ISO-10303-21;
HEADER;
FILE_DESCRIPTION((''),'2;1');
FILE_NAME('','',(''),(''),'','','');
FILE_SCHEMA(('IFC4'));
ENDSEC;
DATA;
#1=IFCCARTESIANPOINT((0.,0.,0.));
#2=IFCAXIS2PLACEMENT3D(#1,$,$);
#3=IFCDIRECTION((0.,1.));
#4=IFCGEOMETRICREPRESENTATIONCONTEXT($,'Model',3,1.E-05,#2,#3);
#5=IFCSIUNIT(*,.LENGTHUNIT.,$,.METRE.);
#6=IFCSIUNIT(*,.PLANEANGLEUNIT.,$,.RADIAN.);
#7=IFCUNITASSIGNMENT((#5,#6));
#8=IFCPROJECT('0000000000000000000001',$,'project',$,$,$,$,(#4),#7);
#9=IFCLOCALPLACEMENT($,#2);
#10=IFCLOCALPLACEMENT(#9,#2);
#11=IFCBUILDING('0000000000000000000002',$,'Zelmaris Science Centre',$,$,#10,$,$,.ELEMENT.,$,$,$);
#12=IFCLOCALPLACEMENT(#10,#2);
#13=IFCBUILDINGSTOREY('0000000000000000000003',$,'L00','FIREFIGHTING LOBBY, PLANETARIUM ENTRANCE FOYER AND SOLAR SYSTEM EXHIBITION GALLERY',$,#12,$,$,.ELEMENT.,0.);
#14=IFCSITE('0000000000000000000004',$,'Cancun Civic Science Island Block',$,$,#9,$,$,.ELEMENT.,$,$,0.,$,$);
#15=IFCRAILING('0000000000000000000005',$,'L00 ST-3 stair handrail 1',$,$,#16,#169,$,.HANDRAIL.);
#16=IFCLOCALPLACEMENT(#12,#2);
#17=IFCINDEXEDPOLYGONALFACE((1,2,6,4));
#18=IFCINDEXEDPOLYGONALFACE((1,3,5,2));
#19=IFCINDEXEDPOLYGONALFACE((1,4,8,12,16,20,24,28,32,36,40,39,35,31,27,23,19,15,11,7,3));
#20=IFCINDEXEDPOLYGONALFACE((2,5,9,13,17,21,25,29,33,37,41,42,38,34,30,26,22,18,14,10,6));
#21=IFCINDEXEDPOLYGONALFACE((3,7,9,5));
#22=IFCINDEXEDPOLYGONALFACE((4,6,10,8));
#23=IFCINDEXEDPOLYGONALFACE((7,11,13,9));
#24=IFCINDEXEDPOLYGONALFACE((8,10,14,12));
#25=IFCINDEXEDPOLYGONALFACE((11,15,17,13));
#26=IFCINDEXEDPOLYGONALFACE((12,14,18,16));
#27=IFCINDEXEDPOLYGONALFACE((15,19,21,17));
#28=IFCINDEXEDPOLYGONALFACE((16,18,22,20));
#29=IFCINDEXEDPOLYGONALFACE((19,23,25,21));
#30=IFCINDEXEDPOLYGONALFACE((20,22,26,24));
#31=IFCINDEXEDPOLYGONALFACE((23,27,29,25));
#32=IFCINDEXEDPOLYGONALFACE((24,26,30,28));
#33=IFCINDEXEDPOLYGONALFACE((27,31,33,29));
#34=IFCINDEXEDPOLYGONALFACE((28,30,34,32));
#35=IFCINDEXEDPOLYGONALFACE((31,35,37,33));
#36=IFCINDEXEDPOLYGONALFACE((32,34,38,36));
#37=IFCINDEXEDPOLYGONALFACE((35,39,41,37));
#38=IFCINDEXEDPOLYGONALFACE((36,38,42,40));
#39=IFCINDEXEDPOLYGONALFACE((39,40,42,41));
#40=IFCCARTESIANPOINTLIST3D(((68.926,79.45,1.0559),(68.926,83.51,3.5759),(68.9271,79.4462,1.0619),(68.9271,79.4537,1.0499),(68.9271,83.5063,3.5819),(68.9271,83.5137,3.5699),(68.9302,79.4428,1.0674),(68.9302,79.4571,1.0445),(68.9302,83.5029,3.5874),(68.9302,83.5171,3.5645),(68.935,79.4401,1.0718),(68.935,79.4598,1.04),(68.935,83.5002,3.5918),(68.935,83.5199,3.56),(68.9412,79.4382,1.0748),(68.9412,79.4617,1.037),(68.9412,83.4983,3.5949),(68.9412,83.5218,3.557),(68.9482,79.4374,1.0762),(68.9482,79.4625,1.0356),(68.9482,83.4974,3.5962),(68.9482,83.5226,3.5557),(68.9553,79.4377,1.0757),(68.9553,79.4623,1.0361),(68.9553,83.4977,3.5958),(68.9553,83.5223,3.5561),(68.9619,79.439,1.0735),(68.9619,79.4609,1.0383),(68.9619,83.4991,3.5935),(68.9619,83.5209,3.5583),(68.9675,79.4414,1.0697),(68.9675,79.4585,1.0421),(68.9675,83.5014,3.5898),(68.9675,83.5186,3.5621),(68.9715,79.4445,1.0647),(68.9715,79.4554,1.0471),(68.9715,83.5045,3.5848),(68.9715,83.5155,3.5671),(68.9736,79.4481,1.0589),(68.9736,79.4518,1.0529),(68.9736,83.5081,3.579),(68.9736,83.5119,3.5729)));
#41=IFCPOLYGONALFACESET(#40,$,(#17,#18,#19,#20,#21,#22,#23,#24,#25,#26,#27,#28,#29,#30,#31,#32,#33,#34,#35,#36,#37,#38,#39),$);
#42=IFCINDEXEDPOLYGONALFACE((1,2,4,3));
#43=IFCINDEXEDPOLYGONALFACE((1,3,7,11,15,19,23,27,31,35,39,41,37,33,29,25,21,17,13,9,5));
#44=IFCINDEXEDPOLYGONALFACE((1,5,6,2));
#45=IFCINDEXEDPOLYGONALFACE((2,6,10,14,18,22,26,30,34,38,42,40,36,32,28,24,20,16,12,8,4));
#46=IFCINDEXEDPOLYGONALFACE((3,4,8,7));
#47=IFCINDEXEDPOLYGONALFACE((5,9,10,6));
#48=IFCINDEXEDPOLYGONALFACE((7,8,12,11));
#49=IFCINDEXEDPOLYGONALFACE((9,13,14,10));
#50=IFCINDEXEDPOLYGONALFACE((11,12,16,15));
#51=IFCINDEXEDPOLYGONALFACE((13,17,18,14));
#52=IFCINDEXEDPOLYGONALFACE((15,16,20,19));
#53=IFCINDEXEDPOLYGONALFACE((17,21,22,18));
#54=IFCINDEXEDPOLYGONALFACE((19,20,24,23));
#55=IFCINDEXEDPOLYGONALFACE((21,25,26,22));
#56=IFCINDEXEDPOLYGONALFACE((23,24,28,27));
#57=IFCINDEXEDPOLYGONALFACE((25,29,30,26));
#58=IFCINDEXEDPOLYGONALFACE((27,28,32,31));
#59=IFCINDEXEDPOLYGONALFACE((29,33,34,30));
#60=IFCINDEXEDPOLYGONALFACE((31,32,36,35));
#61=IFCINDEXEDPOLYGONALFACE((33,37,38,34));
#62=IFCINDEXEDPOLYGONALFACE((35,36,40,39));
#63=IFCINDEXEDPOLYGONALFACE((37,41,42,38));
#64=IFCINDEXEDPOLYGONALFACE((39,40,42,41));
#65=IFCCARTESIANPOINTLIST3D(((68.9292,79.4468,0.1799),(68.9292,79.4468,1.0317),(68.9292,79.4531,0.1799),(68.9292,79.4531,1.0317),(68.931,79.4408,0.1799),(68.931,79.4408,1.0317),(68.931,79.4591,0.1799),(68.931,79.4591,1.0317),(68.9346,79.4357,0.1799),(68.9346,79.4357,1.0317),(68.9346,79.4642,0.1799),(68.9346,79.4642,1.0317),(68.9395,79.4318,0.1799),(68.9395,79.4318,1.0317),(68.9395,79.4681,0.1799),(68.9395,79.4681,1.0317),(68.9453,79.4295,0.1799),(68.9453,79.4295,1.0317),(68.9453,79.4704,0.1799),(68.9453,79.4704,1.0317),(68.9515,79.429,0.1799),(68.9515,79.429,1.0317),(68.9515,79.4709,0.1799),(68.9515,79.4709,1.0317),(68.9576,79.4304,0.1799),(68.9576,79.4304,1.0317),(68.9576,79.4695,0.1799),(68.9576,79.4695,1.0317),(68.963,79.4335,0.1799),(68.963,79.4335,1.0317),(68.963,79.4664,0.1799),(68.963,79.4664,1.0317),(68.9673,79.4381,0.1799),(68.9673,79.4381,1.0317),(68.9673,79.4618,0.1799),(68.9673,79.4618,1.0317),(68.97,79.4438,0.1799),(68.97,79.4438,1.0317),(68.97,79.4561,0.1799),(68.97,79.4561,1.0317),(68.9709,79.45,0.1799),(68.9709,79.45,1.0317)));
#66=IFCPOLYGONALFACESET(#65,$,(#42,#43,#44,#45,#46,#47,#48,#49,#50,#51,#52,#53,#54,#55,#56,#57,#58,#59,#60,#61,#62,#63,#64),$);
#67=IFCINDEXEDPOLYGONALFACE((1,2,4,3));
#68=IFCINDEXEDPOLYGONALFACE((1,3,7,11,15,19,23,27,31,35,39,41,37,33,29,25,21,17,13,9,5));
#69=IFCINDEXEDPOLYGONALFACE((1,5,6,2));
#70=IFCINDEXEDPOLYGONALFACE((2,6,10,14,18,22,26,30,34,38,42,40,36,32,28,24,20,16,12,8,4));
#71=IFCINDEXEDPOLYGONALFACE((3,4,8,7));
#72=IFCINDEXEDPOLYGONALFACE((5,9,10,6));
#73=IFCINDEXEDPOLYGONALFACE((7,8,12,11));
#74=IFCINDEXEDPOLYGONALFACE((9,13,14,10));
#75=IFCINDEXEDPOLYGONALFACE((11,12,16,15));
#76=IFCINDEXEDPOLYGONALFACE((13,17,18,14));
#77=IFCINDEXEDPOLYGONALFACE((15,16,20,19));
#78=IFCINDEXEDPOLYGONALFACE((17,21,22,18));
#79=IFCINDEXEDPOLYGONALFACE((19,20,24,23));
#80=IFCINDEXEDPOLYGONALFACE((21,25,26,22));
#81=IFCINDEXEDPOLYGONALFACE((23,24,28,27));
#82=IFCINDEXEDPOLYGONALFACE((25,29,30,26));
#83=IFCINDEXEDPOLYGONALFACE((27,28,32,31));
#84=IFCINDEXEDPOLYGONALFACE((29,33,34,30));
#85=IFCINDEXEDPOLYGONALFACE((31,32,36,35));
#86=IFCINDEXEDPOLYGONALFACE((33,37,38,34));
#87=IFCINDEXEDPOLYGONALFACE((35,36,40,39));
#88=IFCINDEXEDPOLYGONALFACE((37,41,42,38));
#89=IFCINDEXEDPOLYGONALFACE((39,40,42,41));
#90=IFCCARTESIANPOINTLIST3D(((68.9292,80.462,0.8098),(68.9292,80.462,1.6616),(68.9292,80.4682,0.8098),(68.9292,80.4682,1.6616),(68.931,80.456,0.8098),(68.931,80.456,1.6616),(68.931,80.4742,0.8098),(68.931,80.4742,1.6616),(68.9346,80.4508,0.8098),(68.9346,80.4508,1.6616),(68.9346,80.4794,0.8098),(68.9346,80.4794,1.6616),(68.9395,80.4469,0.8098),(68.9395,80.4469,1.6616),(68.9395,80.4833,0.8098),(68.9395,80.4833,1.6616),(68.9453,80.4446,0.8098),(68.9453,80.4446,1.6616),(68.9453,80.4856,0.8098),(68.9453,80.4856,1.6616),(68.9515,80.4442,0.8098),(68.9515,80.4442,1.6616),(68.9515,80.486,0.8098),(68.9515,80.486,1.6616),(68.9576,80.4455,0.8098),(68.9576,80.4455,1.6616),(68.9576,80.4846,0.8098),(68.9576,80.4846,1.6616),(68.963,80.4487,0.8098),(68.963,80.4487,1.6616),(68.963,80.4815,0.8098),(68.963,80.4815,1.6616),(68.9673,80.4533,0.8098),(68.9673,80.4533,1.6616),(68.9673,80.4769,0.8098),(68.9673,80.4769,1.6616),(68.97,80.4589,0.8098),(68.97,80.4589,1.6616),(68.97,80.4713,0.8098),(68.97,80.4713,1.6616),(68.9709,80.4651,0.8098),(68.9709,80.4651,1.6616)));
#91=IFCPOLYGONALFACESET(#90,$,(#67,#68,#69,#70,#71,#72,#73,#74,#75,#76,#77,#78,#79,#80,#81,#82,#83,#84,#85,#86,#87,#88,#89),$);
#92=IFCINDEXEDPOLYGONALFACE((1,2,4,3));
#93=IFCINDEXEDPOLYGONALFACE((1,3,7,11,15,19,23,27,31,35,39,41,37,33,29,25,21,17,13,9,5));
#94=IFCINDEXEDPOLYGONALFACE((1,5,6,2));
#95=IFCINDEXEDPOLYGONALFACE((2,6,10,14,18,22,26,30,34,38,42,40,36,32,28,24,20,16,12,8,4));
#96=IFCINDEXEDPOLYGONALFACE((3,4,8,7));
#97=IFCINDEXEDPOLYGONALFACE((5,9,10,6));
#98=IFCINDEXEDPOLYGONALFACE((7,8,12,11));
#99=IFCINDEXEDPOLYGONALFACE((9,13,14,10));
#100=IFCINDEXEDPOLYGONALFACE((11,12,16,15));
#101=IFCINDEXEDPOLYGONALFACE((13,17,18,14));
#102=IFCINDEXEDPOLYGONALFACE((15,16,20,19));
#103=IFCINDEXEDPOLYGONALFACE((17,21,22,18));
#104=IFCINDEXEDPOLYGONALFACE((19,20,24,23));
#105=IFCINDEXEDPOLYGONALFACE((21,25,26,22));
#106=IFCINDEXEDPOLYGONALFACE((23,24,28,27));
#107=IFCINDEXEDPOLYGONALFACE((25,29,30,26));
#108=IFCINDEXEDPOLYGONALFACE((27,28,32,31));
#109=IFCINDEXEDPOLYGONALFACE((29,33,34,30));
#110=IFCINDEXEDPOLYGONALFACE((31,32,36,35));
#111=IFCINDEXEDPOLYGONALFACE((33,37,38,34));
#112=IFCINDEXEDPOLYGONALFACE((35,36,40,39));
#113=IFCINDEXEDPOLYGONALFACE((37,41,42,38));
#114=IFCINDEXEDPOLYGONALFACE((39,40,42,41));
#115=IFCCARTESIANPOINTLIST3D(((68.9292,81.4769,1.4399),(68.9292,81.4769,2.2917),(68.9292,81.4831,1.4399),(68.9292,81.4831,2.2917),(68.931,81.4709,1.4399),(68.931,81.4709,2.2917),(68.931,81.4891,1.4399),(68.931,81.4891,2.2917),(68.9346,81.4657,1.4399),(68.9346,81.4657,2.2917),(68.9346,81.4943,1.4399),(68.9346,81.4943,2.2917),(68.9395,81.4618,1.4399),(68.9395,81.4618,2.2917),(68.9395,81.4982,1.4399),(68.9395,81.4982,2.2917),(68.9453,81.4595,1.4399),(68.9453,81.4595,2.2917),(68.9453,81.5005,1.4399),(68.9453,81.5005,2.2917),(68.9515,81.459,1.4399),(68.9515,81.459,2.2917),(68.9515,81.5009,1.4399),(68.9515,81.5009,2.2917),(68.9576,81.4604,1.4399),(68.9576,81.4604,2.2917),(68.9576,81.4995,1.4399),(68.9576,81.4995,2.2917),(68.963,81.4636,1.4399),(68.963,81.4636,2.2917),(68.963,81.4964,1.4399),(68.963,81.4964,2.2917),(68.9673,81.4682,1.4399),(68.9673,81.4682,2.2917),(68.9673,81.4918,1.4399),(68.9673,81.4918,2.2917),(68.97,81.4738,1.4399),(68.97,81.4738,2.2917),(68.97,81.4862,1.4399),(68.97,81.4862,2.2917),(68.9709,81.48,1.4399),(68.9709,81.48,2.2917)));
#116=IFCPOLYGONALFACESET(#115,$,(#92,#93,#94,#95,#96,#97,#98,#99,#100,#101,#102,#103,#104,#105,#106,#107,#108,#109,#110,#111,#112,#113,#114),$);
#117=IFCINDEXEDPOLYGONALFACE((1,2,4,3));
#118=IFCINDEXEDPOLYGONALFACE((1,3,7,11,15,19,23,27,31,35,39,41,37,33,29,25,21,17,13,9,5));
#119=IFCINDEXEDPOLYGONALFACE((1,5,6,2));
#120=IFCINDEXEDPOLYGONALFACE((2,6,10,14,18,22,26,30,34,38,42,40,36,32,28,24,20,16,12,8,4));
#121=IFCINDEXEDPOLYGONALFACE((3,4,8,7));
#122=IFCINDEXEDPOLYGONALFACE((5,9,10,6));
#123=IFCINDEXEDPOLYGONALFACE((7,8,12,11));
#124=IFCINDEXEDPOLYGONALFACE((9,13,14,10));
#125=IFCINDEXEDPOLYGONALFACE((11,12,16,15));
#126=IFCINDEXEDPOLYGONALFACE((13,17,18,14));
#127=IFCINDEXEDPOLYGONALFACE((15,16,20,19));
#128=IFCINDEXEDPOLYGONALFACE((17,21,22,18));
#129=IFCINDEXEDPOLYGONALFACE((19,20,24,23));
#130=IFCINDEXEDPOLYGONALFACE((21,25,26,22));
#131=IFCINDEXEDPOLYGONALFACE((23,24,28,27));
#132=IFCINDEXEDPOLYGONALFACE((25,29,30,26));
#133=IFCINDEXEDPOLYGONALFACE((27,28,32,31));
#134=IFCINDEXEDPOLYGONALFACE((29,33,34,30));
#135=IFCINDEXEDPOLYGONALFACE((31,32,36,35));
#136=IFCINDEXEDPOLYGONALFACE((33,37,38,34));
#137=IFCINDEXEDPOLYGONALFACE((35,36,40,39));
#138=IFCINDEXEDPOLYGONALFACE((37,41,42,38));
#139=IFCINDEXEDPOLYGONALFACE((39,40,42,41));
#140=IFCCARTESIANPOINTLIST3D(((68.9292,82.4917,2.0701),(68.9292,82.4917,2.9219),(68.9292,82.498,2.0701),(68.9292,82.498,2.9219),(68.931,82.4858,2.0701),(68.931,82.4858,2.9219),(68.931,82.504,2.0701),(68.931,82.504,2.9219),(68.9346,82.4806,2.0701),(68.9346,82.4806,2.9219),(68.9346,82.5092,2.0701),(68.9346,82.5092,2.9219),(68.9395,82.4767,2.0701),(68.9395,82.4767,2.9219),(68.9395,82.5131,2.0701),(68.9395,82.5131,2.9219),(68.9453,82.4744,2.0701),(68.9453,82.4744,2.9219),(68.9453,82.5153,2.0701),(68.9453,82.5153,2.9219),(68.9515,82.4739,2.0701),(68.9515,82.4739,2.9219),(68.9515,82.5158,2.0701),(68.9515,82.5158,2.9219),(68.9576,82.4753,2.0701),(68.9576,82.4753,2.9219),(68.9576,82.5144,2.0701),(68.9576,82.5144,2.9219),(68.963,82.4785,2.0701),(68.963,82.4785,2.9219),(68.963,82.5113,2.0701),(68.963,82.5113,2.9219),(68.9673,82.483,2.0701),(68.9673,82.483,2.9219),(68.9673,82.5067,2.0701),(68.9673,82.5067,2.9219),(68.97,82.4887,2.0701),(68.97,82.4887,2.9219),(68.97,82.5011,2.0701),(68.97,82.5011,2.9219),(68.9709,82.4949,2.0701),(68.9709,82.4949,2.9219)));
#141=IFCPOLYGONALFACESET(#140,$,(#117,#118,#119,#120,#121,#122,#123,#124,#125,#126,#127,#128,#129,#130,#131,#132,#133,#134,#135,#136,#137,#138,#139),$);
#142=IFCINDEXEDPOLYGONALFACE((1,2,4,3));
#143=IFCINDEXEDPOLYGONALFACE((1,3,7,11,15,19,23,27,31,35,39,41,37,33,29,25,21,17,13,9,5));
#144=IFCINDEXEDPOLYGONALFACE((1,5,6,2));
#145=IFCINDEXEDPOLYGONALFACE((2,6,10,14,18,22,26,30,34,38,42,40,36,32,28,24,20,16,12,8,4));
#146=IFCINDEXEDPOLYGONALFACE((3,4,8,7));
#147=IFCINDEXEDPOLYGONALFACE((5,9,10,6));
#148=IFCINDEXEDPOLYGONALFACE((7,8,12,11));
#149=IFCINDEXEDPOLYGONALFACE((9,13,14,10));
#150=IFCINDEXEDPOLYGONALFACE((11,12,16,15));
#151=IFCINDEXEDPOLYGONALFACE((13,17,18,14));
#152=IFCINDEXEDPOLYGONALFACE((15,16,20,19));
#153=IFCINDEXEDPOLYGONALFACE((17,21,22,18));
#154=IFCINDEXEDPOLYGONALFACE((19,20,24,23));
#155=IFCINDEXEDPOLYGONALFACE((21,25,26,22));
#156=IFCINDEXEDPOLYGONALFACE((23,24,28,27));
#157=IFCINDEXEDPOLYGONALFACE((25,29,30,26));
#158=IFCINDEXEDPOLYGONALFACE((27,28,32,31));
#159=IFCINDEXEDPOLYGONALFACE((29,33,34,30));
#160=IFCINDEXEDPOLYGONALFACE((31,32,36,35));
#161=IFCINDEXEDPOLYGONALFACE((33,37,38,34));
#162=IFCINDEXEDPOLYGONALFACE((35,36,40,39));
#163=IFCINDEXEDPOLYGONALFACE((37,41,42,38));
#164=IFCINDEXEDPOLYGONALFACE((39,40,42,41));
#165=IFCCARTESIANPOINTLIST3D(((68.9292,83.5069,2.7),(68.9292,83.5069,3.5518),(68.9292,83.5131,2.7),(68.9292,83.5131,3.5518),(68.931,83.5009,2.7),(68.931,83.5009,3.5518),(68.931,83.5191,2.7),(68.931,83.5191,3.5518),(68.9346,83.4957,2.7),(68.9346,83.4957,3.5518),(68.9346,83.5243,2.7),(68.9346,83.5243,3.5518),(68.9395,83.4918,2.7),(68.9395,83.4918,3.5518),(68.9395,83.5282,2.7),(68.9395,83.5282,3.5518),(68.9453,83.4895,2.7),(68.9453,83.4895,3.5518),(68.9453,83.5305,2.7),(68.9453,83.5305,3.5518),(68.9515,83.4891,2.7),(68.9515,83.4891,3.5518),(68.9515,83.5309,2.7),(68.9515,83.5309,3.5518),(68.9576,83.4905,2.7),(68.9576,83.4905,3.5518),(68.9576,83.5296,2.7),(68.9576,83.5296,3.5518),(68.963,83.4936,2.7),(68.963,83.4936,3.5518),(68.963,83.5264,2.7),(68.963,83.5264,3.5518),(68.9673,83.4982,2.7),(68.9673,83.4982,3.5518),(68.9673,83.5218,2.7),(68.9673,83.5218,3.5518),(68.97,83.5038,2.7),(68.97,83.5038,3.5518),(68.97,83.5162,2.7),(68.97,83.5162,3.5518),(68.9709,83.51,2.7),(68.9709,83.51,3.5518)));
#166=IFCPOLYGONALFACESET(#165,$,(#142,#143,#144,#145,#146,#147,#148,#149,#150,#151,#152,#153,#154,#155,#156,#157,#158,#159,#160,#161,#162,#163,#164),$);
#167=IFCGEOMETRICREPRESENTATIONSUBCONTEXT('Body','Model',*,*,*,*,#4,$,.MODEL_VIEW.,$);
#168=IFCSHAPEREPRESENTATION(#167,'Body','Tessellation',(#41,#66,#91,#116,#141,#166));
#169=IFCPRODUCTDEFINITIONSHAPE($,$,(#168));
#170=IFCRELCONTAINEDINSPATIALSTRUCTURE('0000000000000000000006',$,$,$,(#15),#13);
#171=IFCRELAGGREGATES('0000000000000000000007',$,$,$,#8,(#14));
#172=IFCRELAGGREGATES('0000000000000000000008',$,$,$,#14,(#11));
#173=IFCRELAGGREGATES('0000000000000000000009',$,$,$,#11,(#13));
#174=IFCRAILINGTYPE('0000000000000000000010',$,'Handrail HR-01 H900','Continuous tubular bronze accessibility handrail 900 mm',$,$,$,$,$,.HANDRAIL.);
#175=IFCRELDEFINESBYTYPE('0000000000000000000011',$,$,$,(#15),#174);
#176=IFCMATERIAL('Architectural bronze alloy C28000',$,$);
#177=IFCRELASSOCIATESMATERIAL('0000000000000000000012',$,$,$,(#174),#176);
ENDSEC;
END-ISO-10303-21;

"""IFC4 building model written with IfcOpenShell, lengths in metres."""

from ifc_helpers import new_model, si_unit, direction, frame, origin, origin_2d, place, context, subcontext, project, spatial, circle, extrude, material, type_object, element, save


model = new_model("IFC4")

# Units and contexts
model_context = context("Model", 3, precision=1e-05, world=origin(), true_north=direction((0.0, 1.0)))
body_context = subcontext(model_context, "Body", "Model", "MODEL_VIEW")
ifc_project = project(units=[si_unit("LENGTHUNIT", "METRE"), si_unit("PLANEANGLEUNIT", "RADIAN")], contexts=[model_context])

# Site, building, storey
site_placement = place(None, origin())
site = spatial("IfcSite", under=ifc_project, at=site_placement, Name="Cancun Civic Science Island Block", CompositionType="ELEMENT", RefElevation=0.0)
building_placement = place(site_placement, origin())
building = spatial("IfcBuilding", under=site, at=building_placement, Name="Zelmaris Science Centre", CompositionType="ELEMENT")
storey_placement = place(building_placement, origin())
storey = spatial("IfcBuildingStorey", under=building, at=storey_placement, Name="L00", Description="FIREFIGHTING LOBBY, PLANETARIUM ENTRANCE FOYER AND SOLAR SYSTEM EXHIBITION GALLERY", CompositionType="ELEMENT", Elevation=0.0)

# Shared definitions
ifc_material_1 = material(Name="Architectural bronze alloy C28000")

# Railing
railing_type_1 = type_object("IfcRailingType", Name="Handrail HR-01 H900", Description="Continuous tubular bronze accessibility handrail 900 mm", PredefinedType="HANDRAIL", material=ifc_material_1)
railing_1_placement = place(storey_placement, frame((68.95, 79.45, 0.1799)))
element("IfcRailing", 1, at=railing_1_placement, inside=storey, type_object=railing_type_1, Name="L00 ST-3 stair handrail 1", PredefinedType="HANDRAIL", context=body_context, shape_type="SweptSolid", body=[
    extrude(circle(Radius=0.0239, at=origin_2d()), frame((0.0, 0.0, 0.876), z_axis=(0.0, 0.849642, 0.52736), x_axis=(-1.0, 0.0, 0.0)), (0.0, 0.0, 1.0), 4.7786),
    extrude(circle(Radius=0.021, at=origin_2d()), origin(), (0.0, 0.0, 1.0), 0.8518),
    extrude(circle(Radius=0.021, at=origin_2d()), frame((0.0, 1.0151, 0.6299)), (0.0, 0.0, 1.0), 0.8518),
    extrude(circle(Radius=0.021, at=origin_2d()), frame((0.0, 2.03, 1.26)), (0.0, 0.0, 1.0), 0.8518),
    extrude(circle(Radius=0.021, at=origin_2d()), frame((0.0, 3.0449, 1.8901)), (0.0, 0.0, 1.0), 0.8518),
    extrude(circle(Radius=0.021, at=origin_2d()), frame((0.0, 4.0601, 2.52)), (0.0, 0.0, 1.0), 0.8518),
])

save(model, "model.ifc")
